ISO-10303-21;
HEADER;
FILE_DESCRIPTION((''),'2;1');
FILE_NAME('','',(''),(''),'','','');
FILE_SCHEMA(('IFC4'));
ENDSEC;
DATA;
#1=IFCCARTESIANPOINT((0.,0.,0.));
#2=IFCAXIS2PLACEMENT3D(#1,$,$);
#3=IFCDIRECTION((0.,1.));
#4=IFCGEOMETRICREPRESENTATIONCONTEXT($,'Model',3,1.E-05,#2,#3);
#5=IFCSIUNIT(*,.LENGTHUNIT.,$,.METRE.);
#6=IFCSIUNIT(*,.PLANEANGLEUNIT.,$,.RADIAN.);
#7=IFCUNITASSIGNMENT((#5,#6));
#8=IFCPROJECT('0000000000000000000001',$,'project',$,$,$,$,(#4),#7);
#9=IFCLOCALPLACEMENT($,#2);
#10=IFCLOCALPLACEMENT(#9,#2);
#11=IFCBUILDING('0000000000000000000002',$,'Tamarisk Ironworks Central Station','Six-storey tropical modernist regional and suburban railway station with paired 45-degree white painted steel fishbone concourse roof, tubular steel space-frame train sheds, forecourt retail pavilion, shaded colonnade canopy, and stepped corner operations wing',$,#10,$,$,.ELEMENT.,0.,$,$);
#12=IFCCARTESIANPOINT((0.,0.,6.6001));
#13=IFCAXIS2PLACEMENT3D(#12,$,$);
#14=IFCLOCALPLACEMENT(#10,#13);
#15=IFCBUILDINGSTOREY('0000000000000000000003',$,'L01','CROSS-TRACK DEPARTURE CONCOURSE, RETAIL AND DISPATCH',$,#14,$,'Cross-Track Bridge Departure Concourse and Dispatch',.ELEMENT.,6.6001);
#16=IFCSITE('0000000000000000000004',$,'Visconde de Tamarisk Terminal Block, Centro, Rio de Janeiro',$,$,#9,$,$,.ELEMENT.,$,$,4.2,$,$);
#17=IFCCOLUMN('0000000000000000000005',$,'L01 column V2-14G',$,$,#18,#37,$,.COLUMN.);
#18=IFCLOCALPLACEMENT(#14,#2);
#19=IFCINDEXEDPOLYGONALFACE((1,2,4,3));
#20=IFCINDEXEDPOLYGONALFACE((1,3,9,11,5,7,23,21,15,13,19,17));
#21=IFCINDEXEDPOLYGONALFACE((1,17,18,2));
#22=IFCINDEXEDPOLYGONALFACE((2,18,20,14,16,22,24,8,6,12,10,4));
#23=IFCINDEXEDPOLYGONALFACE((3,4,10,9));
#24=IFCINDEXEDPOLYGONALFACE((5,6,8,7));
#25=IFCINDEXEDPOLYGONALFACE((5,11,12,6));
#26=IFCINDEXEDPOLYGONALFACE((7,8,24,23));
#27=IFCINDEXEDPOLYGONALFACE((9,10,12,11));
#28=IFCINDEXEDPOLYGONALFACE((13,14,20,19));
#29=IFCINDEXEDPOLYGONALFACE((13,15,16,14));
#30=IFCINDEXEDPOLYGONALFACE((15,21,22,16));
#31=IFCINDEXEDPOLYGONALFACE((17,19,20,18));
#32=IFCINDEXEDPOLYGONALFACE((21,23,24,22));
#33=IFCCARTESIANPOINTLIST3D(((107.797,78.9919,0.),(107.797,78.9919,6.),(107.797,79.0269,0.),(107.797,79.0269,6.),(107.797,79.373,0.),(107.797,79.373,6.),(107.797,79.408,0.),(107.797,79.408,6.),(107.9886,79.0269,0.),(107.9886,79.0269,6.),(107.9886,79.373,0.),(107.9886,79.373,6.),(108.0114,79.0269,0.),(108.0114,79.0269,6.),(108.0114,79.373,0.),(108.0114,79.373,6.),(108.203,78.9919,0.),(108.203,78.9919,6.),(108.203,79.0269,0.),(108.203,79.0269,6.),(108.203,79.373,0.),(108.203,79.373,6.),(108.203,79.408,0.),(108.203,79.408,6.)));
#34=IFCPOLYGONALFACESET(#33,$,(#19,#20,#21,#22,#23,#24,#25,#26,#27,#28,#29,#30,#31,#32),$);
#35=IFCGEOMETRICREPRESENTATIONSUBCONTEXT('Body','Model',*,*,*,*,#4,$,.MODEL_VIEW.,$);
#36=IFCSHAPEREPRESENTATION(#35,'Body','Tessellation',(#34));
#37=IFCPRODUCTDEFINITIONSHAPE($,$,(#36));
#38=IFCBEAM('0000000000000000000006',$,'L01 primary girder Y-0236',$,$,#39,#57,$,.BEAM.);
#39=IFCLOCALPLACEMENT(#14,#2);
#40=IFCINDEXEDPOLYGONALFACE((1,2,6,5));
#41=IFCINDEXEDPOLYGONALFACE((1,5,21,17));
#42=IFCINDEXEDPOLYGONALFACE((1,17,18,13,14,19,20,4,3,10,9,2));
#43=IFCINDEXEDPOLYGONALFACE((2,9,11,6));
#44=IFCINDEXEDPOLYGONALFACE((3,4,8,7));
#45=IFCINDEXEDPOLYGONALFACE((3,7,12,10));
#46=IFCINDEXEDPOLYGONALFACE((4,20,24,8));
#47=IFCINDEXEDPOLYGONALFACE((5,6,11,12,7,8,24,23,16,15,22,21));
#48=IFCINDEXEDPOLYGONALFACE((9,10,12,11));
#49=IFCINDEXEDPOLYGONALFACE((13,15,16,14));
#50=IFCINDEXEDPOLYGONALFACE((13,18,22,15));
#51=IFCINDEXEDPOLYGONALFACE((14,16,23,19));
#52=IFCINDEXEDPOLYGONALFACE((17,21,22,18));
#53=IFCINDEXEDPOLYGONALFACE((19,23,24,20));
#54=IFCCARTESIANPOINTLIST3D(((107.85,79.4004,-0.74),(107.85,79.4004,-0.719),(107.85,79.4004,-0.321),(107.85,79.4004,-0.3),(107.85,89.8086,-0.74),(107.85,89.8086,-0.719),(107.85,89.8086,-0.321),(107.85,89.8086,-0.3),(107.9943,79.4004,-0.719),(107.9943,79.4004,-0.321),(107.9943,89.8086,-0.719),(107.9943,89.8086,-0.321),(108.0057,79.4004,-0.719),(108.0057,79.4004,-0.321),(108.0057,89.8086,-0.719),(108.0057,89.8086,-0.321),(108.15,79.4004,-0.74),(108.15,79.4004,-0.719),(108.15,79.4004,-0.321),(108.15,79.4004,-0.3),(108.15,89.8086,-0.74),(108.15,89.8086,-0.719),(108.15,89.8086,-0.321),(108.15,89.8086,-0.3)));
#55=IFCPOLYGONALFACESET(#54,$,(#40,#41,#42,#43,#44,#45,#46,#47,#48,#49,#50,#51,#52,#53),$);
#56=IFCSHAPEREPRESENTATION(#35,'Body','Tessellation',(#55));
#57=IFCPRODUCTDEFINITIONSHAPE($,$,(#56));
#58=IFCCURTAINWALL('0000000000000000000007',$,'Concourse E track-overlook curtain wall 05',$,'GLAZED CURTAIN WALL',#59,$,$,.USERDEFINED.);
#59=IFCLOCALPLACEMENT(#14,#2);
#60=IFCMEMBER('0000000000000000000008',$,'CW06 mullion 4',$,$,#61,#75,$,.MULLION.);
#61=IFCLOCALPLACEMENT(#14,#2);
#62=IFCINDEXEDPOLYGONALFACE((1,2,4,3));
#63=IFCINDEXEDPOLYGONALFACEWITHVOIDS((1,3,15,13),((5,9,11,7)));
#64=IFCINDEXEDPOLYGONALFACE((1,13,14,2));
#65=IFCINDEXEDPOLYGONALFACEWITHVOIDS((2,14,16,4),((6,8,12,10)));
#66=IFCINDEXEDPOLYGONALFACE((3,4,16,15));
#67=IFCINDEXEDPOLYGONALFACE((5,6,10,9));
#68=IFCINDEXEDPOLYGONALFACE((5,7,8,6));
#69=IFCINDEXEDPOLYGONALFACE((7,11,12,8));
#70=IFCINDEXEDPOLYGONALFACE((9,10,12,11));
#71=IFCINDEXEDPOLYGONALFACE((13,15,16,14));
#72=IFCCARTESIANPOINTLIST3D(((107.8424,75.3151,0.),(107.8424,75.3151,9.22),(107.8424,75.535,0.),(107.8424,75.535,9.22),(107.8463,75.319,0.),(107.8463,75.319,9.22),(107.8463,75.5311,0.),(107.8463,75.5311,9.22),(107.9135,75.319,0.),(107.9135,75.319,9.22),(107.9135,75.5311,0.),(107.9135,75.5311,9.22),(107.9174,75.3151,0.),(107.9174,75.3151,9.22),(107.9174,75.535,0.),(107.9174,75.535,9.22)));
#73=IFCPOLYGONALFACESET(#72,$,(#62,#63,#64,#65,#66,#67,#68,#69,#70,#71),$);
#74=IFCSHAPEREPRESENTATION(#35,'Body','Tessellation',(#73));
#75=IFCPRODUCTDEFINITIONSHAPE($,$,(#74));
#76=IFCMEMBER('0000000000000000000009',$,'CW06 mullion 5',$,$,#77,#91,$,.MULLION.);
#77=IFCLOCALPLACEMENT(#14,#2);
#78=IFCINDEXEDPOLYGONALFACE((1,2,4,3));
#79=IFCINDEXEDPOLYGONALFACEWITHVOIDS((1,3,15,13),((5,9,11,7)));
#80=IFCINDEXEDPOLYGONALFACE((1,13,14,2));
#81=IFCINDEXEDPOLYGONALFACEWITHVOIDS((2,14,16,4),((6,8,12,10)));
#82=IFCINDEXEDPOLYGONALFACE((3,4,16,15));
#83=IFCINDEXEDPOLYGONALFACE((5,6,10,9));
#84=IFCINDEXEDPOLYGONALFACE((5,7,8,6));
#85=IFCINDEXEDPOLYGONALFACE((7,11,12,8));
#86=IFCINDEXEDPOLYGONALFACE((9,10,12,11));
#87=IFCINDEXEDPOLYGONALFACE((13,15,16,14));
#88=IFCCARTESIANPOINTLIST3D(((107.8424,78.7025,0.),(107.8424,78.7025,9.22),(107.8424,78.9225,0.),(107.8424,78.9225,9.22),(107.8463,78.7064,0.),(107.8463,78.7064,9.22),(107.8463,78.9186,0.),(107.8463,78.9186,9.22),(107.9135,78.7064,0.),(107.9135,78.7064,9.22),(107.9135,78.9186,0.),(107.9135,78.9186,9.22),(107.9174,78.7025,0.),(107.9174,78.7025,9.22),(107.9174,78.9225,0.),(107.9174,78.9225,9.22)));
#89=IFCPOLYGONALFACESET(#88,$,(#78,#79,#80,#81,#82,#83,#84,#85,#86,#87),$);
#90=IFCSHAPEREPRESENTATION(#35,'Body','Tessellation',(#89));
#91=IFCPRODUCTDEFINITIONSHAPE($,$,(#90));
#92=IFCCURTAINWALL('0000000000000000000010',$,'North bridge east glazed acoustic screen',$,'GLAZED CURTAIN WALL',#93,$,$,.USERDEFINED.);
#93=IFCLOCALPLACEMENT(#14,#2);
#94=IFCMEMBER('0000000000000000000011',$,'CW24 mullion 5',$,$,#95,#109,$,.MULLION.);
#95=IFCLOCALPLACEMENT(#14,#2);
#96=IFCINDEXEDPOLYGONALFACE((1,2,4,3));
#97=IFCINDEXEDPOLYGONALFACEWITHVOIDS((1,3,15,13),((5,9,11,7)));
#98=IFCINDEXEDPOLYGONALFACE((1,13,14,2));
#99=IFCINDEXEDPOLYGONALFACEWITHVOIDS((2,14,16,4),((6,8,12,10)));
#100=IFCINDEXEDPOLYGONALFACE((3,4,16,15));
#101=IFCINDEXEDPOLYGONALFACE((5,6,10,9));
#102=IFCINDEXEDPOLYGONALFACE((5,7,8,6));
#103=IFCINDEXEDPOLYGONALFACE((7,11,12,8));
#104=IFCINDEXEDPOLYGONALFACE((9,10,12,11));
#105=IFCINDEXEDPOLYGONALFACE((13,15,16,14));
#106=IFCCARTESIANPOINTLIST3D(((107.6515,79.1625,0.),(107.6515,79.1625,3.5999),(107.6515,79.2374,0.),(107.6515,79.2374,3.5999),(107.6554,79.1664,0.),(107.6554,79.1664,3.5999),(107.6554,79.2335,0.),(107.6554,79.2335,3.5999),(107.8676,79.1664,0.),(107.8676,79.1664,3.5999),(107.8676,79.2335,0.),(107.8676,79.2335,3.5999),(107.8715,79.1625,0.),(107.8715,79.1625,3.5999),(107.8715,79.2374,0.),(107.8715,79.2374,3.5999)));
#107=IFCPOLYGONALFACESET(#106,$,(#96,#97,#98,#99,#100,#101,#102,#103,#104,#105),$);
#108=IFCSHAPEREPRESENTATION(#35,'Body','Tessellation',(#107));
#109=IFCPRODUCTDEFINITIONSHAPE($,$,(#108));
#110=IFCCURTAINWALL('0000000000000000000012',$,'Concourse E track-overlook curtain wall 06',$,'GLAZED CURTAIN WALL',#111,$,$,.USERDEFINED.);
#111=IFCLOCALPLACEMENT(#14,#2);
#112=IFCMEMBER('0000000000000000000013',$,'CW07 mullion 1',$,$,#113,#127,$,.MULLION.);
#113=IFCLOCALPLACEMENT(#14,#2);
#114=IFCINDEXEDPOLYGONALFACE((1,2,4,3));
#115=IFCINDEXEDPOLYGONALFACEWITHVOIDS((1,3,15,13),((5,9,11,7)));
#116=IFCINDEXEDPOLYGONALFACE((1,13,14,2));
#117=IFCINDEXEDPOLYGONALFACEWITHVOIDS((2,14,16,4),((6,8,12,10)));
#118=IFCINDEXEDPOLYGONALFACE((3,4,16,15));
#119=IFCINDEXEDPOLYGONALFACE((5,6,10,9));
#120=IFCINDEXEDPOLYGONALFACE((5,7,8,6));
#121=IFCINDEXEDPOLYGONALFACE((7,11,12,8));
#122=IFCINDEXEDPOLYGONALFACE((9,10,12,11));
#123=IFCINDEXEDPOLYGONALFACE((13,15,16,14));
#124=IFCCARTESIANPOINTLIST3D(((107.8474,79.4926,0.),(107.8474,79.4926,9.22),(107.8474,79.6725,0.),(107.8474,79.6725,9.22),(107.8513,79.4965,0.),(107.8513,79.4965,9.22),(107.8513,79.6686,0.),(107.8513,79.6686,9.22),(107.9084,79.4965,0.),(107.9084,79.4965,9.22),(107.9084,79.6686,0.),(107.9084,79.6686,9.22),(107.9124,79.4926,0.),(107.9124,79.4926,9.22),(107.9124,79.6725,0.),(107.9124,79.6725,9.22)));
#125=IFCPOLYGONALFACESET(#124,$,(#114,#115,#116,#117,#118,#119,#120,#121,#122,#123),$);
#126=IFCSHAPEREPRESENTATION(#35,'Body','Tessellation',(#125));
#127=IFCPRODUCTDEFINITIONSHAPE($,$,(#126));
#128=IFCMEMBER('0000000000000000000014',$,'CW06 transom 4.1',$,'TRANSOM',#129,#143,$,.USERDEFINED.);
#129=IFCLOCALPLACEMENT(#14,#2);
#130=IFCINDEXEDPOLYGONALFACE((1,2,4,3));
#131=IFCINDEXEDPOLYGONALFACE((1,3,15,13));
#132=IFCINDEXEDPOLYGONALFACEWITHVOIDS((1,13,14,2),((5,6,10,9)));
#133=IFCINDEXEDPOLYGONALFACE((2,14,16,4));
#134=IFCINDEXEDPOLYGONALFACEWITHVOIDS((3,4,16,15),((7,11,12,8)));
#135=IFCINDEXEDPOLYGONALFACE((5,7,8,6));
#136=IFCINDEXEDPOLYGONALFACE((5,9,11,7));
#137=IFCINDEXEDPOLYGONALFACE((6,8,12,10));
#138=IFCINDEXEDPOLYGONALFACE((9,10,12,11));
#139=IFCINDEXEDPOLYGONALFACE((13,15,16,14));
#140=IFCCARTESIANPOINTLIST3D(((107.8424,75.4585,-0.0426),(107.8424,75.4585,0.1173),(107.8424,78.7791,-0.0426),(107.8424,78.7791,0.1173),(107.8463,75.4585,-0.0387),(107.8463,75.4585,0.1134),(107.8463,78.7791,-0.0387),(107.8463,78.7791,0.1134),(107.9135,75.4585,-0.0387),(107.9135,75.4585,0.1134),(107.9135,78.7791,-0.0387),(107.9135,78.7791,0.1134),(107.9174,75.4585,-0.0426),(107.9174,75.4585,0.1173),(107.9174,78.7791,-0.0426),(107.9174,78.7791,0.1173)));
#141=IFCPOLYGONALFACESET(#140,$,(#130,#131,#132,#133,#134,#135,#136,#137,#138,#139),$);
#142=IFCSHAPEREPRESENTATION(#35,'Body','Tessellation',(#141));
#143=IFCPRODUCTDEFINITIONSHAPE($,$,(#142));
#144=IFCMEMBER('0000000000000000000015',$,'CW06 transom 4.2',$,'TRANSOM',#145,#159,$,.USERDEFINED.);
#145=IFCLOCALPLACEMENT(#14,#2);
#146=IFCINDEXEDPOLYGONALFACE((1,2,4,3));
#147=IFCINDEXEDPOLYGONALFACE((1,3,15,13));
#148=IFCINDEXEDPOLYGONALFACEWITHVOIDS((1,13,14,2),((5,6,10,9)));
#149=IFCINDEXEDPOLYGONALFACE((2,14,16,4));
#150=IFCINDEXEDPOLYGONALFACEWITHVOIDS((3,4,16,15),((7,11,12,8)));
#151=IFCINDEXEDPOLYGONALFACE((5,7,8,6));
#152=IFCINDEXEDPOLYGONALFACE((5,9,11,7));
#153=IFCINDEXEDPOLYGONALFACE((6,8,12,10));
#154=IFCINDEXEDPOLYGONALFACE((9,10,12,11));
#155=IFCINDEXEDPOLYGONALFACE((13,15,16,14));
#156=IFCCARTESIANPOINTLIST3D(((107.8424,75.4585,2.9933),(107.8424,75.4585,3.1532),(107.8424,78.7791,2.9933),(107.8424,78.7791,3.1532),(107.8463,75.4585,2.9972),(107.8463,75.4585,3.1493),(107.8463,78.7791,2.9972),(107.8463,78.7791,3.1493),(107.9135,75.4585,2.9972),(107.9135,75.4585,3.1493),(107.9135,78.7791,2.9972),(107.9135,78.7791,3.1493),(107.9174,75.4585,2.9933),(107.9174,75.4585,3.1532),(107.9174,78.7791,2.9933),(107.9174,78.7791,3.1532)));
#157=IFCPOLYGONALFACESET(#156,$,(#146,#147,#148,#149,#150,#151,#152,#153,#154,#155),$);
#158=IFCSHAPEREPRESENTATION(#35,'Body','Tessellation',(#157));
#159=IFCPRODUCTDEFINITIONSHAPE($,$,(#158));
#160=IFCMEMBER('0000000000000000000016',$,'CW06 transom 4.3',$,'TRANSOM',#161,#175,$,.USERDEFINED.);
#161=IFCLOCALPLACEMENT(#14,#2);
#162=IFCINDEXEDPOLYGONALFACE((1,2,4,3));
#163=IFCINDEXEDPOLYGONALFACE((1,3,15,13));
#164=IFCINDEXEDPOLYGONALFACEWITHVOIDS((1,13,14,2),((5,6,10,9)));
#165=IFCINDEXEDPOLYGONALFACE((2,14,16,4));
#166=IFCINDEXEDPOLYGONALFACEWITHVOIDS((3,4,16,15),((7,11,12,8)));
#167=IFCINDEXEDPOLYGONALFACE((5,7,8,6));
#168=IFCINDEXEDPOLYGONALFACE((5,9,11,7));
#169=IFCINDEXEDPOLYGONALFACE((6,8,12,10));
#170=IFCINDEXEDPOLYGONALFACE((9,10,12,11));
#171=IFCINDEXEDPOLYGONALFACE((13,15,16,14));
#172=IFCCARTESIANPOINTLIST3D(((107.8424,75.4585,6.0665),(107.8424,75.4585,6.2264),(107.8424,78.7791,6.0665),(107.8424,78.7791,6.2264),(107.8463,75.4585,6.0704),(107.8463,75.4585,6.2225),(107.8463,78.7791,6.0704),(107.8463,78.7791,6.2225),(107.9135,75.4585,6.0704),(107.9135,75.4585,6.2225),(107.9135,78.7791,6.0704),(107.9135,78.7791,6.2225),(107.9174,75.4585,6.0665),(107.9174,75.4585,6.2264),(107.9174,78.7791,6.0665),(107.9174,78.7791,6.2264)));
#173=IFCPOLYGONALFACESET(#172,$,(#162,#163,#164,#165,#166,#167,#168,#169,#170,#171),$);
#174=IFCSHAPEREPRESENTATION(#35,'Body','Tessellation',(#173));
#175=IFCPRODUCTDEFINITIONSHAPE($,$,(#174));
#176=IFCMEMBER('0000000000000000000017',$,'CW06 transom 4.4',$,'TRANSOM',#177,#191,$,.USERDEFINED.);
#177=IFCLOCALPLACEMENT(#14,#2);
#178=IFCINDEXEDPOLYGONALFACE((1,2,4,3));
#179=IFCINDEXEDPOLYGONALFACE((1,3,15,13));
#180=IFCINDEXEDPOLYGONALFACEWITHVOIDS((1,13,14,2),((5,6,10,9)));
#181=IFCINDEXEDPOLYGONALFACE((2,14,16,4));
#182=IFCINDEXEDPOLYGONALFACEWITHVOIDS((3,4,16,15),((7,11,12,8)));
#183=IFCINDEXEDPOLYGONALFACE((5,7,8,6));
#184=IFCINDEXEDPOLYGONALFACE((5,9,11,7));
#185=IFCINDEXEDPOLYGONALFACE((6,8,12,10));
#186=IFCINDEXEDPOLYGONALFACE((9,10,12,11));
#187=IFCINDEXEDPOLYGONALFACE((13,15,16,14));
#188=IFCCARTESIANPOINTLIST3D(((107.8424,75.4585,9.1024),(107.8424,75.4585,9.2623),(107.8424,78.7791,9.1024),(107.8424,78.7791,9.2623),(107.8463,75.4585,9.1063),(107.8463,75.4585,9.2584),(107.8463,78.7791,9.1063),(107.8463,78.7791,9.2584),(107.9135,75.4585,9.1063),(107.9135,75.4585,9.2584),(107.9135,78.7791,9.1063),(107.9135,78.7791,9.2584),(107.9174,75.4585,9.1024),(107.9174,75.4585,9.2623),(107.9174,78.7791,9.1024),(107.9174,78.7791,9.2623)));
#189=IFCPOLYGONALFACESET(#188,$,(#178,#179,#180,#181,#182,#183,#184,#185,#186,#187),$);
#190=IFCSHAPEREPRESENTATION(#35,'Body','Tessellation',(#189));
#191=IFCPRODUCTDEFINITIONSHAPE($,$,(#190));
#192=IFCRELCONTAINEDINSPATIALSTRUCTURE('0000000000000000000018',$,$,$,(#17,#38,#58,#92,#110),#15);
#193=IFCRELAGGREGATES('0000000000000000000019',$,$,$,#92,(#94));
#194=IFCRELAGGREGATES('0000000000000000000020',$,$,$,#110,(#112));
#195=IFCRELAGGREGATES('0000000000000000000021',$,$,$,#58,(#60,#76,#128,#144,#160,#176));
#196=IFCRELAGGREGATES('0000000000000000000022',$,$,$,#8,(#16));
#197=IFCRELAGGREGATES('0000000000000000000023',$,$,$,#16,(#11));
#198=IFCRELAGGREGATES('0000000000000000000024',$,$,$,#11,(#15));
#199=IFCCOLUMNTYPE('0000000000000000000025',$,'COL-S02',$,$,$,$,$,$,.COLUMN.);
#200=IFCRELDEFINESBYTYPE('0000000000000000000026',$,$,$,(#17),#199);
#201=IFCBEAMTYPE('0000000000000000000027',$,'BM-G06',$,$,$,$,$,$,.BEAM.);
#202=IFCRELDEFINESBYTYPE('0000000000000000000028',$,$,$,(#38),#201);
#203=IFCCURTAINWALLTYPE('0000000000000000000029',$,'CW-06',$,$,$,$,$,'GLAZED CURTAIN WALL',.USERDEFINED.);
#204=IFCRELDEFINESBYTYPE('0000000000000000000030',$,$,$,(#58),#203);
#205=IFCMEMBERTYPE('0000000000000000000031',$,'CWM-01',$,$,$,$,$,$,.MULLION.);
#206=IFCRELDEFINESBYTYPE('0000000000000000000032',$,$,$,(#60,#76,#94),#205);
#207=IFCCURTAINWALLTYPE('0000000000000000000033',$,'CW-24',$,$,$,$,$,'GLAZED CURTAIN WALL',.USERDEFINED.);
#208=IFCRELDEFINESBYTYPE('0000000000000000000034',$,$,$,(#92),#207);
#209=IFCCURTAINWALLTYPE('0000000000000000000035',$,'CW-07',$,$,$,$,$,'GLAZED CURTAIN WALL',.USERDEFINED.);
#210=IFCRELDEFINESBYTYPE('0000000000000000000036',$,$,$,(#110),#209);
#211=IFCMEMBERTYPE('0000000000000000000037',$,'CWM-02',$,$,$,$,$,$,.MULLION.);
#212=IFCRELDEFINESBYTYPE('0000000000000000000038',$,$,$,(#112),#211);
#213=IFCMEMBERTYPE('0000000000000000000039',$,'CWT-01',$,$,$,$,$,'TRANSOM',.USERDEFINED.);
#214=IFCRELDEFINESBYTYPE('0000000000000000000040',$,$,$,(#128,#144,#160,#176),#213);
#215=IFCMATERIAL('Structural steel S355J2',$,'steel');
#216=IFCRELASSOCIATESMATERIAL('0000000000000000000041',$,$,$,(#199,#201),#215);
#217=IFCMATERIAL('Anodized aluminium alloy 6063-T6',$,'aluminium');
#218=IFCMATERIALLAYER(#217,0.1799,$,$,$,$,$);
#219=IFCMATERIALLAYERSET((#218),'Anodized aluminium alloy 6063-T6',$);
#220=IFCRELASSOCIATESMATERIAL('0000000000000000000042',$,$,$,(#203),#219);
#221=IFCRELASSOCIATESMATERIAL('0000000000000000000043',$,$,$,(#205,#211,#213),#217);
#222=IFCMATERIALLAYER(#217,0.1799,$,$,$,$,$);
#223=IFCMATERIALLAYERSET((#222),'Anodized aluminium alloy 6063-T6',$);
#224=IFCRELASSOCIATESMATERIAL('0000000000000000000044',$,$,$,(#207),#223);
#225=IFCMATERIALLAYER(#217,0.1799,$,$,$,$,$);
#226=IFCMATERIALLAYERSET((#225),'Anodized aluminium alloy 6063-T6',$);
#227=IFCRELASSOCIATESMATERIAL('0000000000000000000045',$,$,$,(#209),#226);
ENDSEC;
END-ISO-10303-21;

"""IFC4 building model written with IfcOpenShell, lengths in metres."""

from ifc_helpers import new_model, si_unit, direction, frame, origin, origin_2d, place, context, subcontext, project, spatial, hollow_rectangle, i_section, extrude, material, layer, layer_set, material_profile, profile_set, type_object, element, aggregate, save


model = new_model("IFC4")

# Units and contexts
model_context = context("Model", 3, precision=1e-05, world=origin(), true_north=direction((0.0, 1.0)))
body_context = subcontext(model_context, "Body", "Model", "MODEL_VIEW")
ifc_project = project(units=[si_unit("LENGTHUNIT", "METRE"), si_unit("PLANEANGLEUNIT", "RADIAN")], contexts=[model_context])

# Site, building, storey
site_placement = place(None, origin())
site = spatial("IfcSite", under=ifc_project, at=site_placement, Name="Visconde de Tamarisk Terminal Block, Centro, Rio de Janeiro", CompositionType="ELEMENT", RefElevation=4.2)
building_placement = place(site_placement, origin())
building = spatial("IfcBuilding", under=site, at=building_placement, Name="Tamarisk Ironworks Central Station", Description="Six-storey tropical modernist regional and suburban railway station with paired 45-degree white painted steel fishbone concourse roof, tubular steel space-frame train sheds, forecourt retail pavilion, shaded colonnade canopy, and stepped corner operations wing", CompositionType="ELEMENT", ElevationOfRefHeight=0.0)
storey_placement = place(building_placement, frame((0.0, 0.0, 6.6001)))
storey = spatial("IfcBuildingStorey", under=building, at=storey_placement, Name="L01", Description="CROSS-TRACK DEPARTURE CONCOURSE, RETAIL AND DISPATCH", LongName="Cross-Track Bridge Departure Concourse and Dispatch", CompositionType="ELEMENT", Elevation=6.6001)

# Column
ifc_material_1 = material(Name="Structural steel S355J2", Category="steel")
ifc_material_profile_1 = material_profile(ifc_material_1, i_section(OverallWidth=0.406, OverallDepth=0.416, WebThickness=0.0227, FlangeThickness=0.0349, at=origin_2d()), Name="HD 400x382")
ifc_profile_set_1 = profile_set([ifc_material_profile_1], Name="Structural steel S355J2")
column_type = type_object("IfcColumnType", Name="COL-S02", PredefinedType="COLUMN", material=ifc_profile_set_1)
column_placement = place(storey_placement, frame((108.0, 79.2, 0.0), z_axis=(0.0, 0.0, 1.0), x_axis=(1.0, 0.0, 0.0)))
element("IfcColumn", 1, at=column_placement, inside=storey, type_object=column_type, Name="L01 column V2-14G", PredefinedType="COLUMN", context=body_context, shape_type="SweptSolid", body=[
    extrude(i_section(OverallWidth=0.406, OverallDepth=0.416, WebThickness=0.0227, FlangeThickness=0.0349, at=origin_2d()), origin(), (0.0, 0.0, 1.0), 6.0),
])

# Beam
ifc_material_profile_2 = material_profile(ifc_material_1, i_section(OverallWidth=0.3, OverallDepth=0.4399, WebThickness=0.0115, FlangeThickness=0.021, at=origin_2d()), Name="HEA 450")
ifc_profile_set_2 = profile_set([ifc_material_profile_2], Name="Structural steel S355J2")
beam_type = type_object("IfcBeamType", Name="BM-G06", PredefinedType="BEAM", material=ifc_profile_set_2)
beam_placement = place(storey_placement, frame((108.0, 79.4004, -0.52), z_axis=(0.0, 1.0, 0.0), x_axis=(-1.0, 0.0, 0.0)))
element("IfcBeam", 2, at=beam_placement, inside=storey, type_object=beam_type, Name="L01 primary girder Y-0236", PredefinedType="BEAM", context=body_context, shape_type="SweptSolid", body=[
    extrude(i_section(OverallWidth=0.3, OverallDepth=0.4399, WebThickness=0.0115, FlangeThickness=0.021, at=origin_2d()), origin(), (0.0, 0.0, 1.0), 10.4082),
])

# Curtain wall, members
ifc_material_2 = material(Name="Anodized aluminium alloy 6063-T6", Category="aluminium")
ifc_layer_1 = layer(ifc_material_2, 0.1799)
ifc_layer_set_1 = layer_set([ifc_layer_1], Name="Anodized aluminium alloy 6063-T6")
curtain_wall_type_1 = type_object("IfcCurtainWallType", Name="CW-06", ElementType="GLAZED CURTAIN WALL", PredefinedType="USERDEFINED", material=ifc_layer_set_1)
curtain_wall_1_placement = place(storey_placement, origin())
curtain_wall_1 = element("IfcCurtainWall", 3, at=curtain_wall_1_placement, inside=storey, type_object=curtain_wall_type_1, Name="Concourse E track-overlook curtain wall 05", ObjectType="GLAZED CURTAIN WALL", PredefinedType="USERDEFINED")
ifc_material_profile_3 = material_profile(ifc_material_2, hollow_rectangle(XDim=0.075, YDim=0.22, WallThickness=0.0039, at=origin_2d()), Name="ALUM 220x75")
ifc_profile_set_3 = profile_set([ifc_material_profile_3], Name="Anodized aluminium alloy 6063-T6")
member_type_1 = type_object("IfcMemberType", Name="CWM-01", PredefinedType="MULLION", material=ifc_profile_set_3)
member_1_placement = place(storey_placement, frame((107.8799, 75.425, 0.0), z_axis=(0.0, 0.0, 1.0), x_axis=(-1.0, 0.0, 0.0)))
member_1 = element("IfcMember", 4, at=member_1_placement, type_object=member_type_1, Name="CW06 mullion 4", PredefinedType="MULLION", context=body_context, shape_type="SweptSolid", body=[
    extrude(hollow_rectangle(XDim=0.075, YDim=0.22, WallThickness=0.0039, at=origin_2d()), origin(), (0.0, 0.0, 1.0), 9.22),
])
member_2_placement = place(storey_placement, frame((107.8799, 78.8125, 0.0), z_axis=(0.0, 0.0, 1.0), x_axis=(-1.0, 0.0, 0.0)))
member_2 = element("IfcMember", 5, at=member_2_placement, type_object=member_type_1, Name="CW06 mullion 5", PredefinedType="MULLION", context=body_context, shape_type="SweptSolid", body=[
    extrude(hollow_rectangle(XDim=0.075, YDim=0.22, WallThickness=0.0039, at=origin_2d()), origin(), (0.0, 0.0, 1.0), 9.22),
])

# Curtain walls, members
ifc_layer_2 = layer(ifc_material_2, 0.1799)
ifc_layer_set_2 = layer_set([ifc_layer_2], Name="Anodized aluminium alloy 6063-T6")
curtain_wall_type_2 = type_object("IfcCurtainWallType", Name="CW-24", ElementType="GLAZED CURTAIN WALL", PredefinedType="USERDEFINED", material=ifc_layer_set_2)
curtain_wall_2_placement = place(storey_placement, origin())
curtain_wall_2 = element("IfcCurtainWall", 6, at=curtain_wall_2_placement, inside=storey, type_object=curtain_wall_type_2, Name="North bridge east glazed acoustic screen", ObjectType="GLAZED CURTAIN WALL", PredefinedType="USERDEFINED")
member_3_placement = place(storey_placement, frame((107.7615, 79.2, 0.0), z_axis=(0.0, 0.0, 1.0), x_axis=(0.0, 1.0, 0.0)))
member_3 = element("IfcMember", 7, at=member_3_placement, type_object=member_type_1, Name="CW24 mullion 5", PredefinedType="MULLION", context=body_context, shape_type="SweptSolid", body=[
    extrude(hollow_rectangle(XDim=0.075, YDim=0.22, WallThickness=0.0039, at=origin_2d()), origin(), (0.0, 0.0, 1.0), 3.5999),
])
aggregate(curtain_wall_2, [member_3])
ifc_layer_3 = layer(ifc_material_2, 0.1799)
ifc_layer_set_3 = layer_set([ifc_layer_3], Name="Anodized aluminium alloy 6063-T6")
curtain_wall_type_3 = type_object("IfcCurtainWallType", Name="CW-07", ElementType="GLAZED CURTAIN WALL", PredefinedType="USERDEFINED", material=ifc_layer_set_3)
curtain_wall_3_placement = place(storey_placement, origin())
curtain_wall_3 = element("IfcCurtainWall", 8, at=curtain_wall_3_placement, inside=storey, type_object=curtain_wall_type_3, Name="Concourse E track-overlook curtain wall 06", ObjectType="GLAZED CURTAIN WALL", PredefinedType="USERDEFINED")
ifc_material_profile_4 = material_profile(ifc_material_2, hollow_rectangle(XDim=0.0649, YDim=0.1799, WallThickness=0.0039, at=origin_2d()), Name="ALUM 180x65")
ifc_profile_set_4 = profile_set([ifc_material_profile_4], Name="Anodized aluminium alloy 6063-T6")
member_type_2 = type_object("IfcMemberType", Name="CWM-02", PredefinedType="MULLION", material=ifc_profile_set_4)
member_4_placement = place(storey_placement, frame((107.8799, 79.5825, 0.0), z_axis=(0.0, 0.0, 1.0), x_axis=(-1.0, 0.0, 0.0)))
member_4 = element("IfcMember", 9, at=member_4_placement, type_object=member_type_2, Name="CW07 mullion 1", PredefinedType="MULLION", context=body_context, shape_type="SweptSolid", body=[
    extrude(hollow_rectangle(XDim=0.0649, YDim=0.1799, WallThickness=0.0039, at=origin_2d()), origin(), (0.0, 0.0, 1.0), 9.22),
])

# Members
ifc_material_profile_5 = material_profile(ifc_material_2, hollow_rectangle(XDim=0.075, YDim=0.1599, WallThickness=0.0039, at=origin_2d()), Name="ALUM 160x75")
ifc_profile_set_5 = profile_set([ifc_material_profile_5], Name="Anodized aluminium alloy 6063-T6")
member_type_3 = type_object("IfcMemberType", Name="CWT-01", ElementType="TRANSOM", PredefinedType="USERDEFINED", material=ifc_profile_set_5)
member_5_placement = place(storey_placement, frame((107.8799, 75.4585, 0.0374), z_axis=(0.0, 1.0, 0.0), x_axis=(-1.0, 0.0, 0.0)))
member_5 = element("IfcMember", 10, at=member_5_placement, type_object=member_type_3, Name="CW06 transom 4.1", ObjectType="TRANSOM", PredefinedType="USERDEFINED", context=body_context, shape_type="SweptSolid", body=[
    extrude(hollow_rectangle(XDim=0.075, YDim=0.1599, WallThickness=0.0039, at=origin_2d()), origin(), (0.0, 0.0, 1.0), 3.3206),
])
member_6_placement = place(storey_placement, frame((107.8799, 75.4585, 3.0732), z_axis=(0.0, 1.0, 0.0), x_axis=(-1.0, 0.0, 0.0)))
member_6 = element("IfcMember", 11, at=member_6_placement, type_object=member_type_3, Name="CW06 transom 4.2", ObjectType="TRANSOM", PredefinedType="USERDEFINED", context=body_context, shape_type="SweptSolid", body=[
    extrude(hollow_rectangle(XDim=0.075, YDim=0.1599, WallThickness=0.0039, at=origin_2d()), origin(), (0.0, 0.0, 1.0), 3.3206),
])
member_7_placement = place(storey_placement, frame((107.8799, 75.4585, 6.1465), z_axis=(0.0, 1.0, 0.0), x_axis=(-1.0, 0.0, 0.0)))
member_7 = element("IfcMember", 12, at=member_7_placement, type_object=member_type_3, Name="CW06 transom 4.3", ObjectType="TRANSOM", PredefinedType="USERDEFINED", context=body_context, shape_type="SweptSolid", body=[
    extrude(hollow_rectangle(XDim=0.075, YDim=0.1599, WallThickness=0.0039, at=origin_2d()), origin(), (0.0, 0.0, 1.0), 3.3206),
])
member_8_placement = place(storey_placement, frame((107.8799, 75.4585, 9.1824), z_axis=(0.0, 1.0, 0.0), x_axis=(-1.0, 0.0, 0.0)))
member_8 = element("IfcMember", 13, at=member_8_placement, type_object=member_type_3, Name="CW06 transom 4.4", ObjectType="TRANSOM", PredefinedType="USERDEFINED", context=body_context, shape_type="SweptSolid", body=[
    extrude(hollow_rectangle(XDim=0.075, YDim=0.1599, WallThickness=0.0039, at=origin_2d()), origin(), (0.0, 0.0, 1.0), 3.3206),
])
aggregate(curtain_wall_3, [member_4])

aggregate(curtain_wall_1, [member_1, member_2, member_5, member_6, member_7, member_8])

save(model, "model.ifc")
